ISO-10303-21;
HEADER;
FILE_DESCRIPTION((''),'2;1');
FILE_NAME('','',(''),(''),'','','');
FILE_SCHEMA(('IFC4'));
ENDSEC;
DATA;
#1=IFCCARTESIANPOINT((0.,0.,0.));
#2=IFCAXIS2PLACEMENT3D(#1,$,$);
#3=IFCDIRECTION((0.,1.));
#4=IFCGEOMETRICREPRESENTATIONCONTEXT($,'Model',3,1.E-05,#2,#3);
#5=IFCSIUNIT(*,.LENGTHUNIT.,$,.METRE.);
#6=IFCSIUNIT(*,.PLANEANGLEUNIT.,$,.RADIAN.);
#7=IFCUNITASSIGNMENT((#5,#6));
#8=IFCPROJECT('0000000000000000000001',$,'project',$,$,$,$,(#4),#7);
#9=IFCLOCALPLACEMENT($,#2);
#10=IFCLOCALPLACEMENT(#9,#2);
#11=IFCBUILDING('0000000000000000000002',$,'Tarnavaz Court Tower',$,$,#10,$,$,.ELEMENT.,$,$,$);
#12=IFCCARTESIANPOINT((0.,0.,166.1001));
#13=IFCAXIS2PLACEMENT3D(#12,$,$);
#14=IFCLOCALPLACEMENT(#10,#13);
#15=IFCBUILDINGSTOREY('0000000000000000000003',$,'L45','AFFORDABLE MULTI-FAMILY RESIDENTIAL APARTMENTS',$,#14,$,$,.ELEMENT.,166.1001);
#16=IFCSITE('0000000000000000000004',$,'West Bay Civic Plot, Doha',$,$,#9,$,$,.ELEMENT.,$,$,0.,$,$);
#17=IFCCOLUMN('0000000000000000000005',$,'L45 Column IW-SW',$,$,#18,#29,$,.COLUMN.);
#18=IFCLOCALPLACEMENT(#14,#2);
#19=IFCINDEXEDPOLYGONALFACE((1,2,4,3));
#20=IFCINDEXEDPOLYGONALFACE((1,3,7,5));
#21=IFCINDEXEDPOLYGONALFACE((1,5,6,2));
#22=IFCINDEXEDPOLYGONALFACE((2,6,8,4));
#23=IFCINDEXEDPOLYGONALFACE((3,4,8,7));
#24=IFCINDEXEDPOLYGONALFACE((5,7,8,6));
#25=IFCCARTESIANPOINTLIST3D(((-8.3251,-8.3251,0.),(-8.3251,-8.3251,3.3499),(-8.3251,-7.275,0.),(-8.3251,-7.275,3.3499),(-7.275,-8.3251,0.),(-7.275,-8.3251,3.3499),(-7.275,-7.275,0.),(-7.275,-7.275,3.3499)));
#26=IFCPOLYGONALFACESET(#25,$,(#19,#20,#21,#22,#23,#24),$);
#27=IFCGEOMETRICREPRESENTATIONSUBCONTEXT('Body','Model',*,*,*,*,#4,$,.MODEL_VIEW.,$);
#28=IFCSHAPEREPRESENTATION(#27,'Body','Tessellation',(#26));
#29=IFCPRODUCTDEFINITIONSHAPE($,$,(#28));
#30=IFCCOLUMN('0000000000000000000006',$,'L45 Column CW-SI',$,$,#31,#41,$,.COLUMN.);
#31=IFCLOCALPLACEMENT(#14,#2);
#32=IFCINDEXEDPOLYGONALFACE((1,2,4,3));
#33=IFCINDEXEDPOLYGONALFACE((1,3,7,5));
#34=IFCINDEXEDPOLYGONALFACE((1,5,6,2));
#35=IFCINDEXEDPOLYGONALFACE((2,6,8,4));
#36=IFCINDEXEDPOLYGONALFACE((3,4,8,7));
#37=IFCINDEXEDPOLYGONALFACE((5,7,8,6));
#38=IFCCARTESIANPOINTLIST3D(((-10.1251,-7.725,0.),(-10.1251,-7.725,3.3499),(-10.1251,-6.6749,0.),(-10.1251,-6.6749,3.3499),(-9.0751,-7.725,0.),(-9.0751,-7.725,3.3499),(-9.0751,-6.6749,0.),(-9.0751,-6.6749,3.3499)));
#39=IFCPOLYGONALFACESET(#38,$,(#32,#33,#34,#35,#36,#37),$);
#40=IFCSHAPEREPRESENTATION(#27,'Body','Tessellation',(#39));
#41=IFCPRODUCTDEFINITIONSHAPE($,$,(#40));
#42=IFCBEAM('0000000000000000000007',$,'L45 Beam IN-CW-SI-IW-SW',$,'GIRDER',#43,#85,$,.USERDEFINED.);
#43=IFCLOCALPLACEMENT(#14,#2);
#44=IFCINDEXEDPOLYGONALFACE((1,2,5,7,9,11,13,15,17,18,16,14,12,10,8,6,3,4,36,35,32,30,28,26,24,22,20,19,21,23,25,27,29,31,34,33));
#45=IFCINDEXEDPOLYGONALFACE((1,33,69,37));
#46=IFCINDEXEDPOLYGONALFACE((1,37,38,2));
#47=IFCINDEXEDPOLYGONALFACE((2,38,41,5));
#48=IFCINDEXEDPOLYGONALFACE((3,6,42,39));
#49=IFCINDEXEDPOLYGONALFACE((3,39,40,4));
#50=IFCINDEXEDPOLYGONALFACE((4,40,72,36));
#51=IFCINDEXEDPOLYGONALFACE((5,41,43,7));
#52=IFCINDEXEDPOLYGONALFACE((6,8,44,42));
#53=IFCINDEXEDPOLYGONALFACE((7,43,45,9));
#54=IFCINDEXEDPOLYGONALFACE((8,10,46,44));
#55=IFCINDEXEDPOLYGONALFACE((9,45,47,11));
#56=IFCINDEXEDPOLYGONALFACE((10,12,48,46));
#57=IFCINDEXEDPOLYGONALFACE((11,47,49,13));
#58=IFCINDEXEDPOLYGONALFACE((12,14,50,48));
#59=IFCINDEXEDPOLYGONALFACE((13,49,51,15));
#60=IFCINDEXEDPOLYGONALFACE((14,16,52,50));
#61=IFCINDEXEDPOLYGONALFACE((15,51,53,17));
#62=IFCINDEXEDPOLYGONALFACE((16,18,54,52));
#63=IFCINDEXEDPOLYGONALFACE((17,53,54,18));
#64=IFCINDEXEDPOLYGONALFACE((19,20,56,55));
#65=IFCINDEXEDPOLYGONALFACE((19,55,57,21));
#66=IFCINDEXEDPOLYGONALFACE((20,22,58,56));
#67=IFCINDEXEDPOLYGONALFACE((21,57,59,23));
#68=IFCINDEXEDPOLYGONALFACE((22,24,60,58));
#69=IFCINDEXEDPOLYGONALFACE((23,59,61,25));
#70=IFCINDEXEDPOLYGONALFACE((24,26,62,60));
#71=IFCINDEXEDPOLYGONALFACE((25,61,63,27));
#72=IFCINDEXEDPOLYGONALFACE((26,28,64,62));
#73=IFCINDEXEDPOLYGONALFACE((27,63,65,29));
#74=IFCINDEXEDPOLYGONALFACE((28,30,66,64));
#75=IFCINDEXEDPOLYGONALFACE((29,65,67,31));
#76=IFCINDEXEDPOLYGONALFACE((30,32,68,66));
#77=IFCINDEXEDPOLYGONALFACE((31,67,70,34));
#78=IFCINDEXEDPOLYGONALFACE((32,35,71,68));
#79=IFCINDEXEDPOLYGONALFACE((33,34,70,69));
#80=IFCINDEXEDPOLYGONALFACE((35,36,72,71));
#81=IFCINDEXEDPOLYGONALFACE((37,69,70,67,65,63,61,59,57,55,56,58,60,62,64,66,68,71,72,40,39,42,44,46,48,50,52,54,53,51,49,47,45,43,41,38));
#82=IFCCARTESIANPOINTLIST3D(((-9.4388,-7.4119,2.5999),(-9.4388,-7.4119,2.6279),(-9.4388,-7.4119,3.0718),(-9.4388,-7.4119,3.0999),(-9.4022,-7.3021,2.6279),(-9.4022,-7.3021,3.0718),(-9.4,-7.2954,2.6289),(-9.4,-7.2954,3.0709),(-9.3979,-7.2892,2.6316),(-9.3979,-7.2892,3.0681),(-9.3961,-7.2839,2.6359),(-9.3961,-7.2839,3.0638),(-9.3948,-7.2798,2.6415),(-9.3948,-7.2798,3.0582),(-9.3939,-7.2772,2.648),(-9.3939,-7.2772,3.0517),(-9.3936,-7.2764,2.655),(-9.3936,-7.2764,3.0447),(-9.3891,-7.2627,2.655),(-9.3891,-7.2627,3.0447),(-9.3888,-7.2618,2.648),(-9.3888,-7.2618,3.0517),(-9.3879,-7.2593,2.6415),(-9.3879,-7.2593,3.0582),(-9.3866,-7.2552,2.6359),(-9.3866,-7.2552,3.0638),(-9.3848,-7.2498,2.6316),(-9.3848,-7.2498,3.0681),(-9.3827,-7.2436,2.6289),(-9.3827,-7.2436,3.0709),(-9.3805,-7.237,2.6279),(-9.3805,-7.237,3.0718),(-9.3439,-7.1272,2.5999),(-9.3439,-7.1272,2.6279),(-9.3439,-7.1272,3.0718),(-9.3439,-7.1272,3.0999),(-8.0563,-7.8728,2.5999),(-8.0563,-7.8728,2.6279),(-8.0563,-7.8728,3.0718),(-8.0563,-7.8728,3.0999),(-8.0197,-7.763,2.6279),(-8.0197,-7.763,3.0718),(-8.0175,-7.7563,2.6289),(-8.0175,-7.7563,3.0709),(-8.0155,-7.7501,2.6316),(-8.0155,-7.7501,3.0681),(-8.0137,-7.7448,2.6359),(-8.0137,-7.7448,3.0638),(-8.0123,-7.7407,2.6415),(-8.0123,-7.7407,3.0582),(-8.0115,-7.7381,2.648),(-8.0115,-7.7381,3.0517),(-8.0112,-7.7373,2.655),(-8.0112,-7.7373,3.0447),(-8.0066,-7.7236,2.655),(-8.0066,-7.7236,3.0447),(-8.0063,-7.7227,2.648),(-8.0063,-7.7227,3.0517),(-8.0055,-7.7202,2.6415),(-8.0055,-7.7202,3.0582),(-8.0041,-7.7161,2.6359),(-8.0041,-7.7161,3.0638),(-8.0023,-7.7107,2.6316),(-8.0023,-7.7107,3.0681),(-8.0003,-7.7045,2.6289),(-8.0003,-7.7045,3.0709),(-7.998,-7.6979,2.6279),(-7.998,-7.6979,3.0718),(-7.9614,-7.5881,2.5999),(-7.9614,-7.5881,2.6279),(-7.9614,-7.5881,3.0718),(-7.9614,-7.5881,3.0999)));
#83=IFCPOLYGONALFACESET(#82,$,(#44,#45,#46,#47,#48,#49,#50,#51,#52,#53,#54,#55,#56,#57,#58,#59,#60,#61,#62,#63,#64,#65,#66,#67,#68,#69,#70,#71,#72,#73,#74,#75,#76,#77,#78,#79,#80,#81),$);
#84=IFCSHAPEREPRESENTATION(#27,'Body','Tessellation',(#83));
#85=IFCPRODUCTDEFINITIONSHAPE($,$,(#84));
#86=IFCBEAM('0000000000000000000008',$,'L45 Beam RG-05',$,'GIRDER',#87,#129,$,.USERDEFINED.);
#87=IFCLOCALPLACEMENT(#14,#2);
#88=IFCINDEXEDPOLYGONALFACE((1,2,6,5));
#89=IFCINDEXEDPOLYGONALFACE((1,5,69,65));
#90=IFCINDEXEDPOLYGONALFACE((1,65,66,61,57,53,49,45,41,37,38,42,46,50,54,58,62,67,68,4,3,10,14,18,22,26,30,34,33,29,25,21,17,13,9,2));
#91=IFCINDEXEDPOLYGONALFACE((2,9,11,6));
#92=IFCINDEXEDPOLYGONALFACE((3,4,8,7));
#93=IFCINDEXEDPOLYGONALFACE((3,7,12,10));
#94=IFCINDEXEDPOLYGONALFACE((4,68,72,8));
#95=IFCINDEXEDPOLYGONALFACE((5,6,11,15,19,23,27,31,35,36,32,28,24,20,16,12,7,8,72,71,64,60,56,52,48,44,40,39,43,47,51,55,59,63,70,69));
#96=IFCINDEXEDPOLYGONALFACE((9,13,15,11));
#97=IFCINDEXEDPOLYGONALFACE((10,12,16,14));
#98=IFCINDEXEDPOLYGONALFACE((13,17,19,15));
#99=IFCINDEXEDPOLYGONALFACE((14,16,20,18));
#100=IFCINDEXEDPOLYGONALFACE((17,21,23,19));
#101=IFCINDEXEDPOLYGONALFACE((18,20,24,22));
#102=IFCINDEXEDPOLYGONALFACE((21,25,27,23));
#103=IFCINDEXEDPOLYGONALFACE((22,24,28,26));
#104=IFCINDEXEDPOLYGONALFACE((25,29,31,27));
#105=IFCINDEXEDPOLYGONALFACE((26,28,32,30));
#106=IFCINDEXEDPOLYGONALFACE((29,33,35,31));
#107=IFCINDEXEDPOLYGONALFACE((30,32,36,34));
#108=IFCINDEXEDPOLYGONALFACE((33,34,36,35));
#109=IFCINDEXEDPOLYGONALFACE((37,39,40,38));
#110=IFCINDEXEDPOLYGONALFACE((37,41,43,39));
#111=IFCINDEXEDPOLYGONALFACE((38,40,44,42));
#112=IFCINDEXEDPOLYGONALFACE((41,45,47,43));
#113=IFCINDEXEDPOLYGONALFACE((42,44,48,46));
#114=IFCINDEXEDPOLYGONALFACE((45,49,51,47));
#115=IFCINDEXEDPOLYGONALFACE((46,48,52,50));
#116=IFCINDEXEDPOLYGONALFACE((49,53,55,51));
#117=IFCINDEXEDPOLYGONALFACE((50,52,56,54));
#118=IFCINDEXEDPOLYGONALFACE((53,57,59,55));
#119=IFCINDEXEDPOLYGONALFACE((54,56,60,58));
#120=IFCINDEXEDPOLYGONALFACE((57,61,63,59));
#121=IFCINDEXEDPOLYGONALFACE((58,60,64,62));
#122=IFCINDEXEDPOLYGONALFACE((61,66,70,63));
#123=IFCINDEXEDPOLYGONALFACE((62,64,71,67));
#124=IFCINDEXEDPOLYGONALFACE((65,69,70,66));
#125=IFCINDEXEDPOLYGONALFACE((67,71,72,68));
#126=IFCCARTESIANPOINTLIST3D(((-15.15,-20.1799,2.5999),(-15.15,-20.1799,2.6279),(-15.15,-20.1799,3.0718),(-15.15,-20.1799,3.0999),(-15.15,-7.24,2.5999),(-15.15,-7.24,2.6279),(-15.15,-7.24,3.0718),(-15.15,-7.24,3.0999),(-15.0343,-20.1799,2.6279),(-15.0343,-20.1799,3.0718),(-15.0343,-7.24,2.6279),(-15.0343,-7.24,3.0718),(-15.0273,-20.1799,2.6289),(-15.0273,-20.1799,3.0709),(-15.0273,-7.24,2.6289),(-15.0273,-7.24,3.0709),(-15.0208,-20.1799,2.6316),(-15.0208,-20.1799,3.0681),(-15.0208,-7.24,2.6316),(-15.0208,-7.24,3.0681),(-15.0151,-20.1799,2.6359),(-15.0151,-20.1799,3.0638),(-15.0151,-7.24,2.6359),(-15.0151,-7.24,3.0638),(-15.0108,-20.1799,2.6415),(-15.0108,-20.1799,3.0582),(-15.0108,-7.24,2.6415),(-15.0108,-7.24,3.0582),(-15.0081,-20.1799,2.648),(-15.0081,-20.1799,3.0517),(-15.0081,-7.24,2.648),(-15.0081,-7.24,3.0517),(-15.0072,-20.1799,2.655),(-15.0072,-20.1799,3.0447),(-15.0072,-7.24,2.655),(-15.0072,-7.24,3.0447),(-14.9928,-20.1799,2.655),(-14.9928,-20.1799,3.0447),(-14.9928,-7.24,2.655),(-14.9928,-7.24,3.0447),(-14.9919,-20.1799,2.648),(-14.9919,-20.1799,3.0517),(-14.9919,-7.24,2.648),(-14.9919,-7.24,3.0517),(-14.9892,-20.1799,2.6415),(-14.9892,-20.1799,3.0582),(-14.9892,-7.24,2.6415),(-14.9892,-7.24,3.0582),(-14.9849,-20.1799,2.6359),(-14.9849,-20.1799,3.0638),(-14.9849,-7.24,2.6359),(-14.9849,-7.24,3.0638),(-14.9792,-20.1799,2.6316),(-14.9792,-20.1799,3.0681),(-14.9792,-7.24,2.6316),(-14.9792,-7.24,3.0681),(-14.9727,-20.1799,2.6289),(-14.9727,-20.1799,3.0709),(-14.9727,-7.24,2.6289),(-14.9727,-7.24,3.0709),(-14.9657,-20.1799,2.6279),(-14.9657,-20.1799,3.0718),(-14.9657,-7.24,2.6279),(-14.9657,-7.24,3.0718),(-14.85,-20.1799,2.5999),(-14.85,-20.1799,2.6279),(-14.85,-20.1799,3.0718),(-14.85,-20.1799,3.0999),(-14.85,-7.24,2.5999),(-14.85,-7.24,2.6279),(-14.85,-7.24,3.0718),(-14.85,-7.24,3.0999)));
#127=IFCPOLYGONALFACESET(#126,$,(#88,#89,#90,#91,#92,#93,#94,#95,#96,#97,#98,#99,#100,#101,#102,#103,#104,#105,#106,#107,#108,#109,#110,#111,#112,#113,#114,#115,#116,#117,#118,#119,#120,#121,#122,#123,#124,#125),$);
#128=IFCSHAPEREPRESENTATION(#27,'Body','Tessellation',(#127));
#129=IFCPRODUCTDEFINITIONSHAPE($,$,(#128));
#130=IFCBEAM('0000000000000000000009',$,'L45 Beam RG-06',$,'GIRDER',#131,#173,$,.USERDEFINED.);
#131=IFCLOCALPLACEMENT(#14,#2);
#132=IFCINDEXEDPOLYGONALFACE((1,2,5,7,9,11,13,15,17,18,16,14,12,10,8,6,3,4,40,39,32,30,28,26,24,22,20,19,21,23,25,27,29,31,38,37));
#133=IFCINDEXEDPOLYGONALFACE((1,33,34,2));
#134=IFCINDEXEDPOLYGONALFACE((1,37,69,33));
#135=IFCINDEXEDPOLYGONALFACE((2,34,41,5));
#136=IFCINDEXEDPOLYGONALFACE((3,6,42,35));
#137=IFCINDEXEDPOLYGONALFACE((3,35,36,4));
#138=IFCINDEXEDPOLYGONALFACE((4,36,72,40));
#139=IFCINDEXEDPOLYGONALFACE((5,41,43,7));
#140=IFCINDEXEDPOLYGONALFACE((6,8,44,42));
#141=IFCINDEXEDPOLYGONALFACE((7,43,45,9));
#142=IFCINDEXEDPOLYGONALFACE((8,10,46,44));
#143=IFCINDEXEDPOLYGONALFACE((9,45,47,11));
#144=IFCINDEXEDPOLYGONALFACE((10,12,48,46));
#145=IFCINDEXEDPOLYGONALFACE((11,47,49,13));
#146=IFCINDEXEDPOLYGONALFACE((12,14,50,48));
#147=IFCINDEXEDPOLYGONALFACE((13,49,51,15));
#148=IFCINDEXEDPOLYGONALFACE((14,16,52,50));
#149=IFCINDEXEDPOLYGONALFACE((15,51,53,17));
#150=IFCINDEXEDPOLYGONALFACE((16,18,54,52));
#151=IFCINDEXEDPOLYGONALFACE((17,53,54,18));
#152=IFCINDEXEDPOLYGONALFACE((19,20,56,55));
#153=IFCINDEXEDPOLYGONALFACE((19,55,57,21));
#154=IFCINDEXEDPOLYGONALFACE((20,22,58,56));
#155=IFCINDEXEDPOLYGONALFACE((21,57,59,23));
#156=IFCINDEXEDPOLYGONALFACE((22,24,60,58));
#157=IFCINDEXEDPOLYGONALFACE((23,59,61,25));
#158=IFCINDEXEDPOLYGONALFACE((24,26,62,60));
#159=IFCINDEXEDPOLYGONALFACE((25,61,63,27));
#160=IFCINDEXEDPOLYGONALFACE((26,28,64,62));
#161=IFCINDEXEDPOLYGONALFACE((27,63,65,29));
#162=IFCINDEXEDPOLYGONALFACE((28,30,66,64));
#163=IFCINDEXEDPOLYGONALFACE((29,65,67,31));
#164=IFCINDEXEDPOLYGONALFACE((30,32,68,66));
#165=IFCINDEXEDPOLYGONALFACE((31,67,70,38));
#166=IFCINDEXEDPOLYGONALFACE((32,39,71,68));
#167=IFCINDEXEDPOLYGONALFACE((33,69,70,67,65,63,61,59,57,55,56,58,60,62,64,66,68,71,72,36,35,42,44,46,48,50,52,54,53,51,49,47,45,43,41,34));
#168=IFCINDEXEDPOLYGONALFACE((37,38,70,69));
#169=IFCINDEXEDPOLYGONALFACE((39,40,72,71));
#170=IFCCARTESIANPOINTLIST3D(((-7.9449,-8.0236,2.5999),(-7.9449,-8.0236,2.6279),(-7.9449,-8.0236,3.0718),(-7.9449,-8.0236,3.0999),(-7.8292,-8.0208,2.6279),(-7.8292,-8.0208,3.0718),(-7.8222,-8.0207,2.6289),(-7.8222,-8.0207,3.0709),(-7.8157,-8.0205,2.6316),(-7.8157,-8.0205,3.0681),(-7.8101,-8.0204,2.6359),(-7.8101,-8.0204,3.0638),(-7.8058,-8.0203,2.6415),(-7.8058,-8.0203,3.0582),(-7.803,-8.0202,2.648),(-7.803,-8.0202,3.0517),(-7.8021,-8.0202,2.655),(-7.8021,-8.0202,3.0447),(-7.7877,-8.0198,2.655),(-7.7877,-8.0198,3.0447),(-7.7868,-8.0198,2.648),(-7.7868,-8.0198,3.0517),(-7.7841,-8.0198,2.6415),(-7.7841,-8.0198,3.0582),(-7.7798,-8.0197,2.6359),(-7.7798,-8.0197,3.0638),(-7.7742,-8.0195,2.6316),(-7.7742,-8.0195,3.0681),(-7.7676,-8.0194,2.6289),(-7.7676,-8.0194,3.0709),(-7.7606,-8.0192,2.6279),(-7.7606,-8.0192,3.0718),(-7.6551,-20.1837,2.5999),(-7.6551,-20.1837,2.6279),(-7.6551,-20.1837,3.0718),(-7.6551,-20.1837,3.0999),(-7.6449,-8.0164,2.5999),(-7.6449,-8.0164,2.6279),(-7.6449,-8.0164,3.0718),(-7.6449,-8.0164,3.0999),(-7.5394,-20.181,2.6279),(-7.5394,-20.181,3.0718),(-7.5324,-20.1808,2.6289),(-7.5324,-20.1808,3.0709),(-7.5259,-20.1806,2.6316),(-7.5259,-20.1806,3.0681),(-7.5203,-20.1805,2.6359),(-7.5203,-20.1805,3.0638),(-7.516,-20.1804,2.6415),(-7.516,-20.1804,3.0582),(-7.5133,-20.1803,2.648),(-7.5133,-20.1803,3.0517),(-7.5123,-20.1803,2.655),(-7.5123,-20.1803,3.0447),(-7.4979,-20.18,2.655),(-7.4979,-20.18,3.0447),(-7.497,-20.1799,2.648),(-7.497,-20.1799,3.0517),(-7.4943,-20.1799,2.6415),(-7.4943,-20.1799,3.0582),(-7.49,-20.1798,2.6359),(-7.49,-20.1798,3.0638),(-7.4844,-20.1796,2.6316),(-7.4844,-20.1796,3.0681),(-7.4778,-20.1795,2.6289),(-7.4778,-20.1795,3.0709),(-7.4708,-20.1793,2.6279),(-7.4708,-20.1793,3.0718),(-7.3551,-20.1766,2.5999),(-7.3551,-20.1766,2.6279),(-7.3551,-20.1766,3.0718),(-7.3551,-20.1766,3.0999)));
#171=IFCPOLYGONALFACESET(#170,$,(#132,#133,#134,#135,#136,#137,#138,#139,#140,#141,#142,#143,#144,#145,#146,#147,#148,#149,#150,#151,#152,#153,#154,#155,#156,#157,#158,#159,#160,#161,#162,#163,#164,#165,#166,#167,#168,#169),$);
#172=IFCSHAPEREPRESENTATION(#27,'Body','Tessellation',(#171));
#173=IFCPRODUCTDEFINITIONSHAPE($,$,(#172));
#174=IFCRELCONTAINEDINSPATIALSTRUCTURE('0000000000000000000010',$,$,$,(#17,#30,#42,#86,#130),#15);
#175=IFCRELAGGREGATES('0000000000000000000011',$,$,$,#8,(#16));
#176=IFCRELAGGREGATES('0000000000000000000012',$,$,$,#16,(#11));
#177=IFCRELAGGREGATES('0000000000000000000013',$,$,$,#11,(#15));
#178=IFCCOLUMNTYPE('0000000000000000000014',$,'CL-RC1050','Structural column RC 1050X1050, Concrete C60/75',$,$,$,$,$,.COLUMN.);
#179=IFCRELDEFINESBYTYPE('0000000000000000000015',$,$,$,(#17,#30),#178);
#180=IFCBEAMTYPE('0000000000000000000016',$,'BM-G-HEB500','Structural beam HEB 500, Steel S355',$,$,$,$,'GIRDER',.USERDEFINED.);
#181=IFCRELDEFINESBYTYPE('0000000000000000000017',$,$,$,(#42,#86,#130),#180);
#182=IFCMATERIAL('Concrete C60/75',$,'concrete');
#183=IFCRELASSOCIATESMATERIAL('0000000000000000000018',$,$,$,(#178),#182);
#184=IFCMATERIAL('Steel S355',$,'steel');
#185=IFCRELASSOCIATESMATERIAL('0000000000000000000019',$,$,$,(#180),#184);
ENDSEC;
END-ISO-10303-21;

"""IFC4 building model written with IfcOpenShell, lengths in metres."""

from ifc_helpers import new_model, si_unit, direction, frame, origin, origin_2d, place, context, subcontext, project, spatial, rectangle, i_section, extrude, material, material_profile, profile_set, type_object, element, save


model = new_model("IFC4")

# Units and contexts
model_context = context("Model", 3, precision=1e-05, world=origin(), true_north=direction((0.0, 1.0)))
body_context = subcontext(model_context, "Body", "Model", "MODEL_VIEW")
ifc_project = project(units=[si_unit("LENGTHUNIT", "METRE"), si_unit("PLANEANGLEUNIT", "RADIAN")], contexts=[model_context])

# Site, building, storey
site_placement = place(None, origin())
site = spatial("IfcSite", under=ifc_project, at=site_placement, Name="West Bay Civic Plot, Doha", CompositionType="ELEMENT", RefElevation=0.0)
building_placement = place(site_placement, origin())
building = spatial("IfcBuilding", under=site, at=building_placement, Name="Tarnavaz Court Tower", CompositionType="ELEMENT")
storey_placement = place(building_placement, frame((0.0, 0.0, 166.1001)))
storey = spatial("IfcBuildingStorey", under=building, at=storey_placement, Name="L45", Description="AFFORDABLE MULTI-FAMILY RESIDENTIAL APARTMENTS", CompositionType="ELEMENT", Elevation=166.1001)

# Columns
ifc_material_1 = material(Name="Concrete C60/75", Category="concrete")
ifc_material_profile_1 = material_profile(ifc_material_1, rectangle(XDim=1.05, YDim=1.05, at=origin_2d()), Name="RC 1050X1050")
ifc_profile_set_1 = profile_set([ifc_material_profile_1], Name="Concrete C60/75")
column_type = type_object("IfcColumnType", Name="CL-RC1050", Description="Structural column RC 1050X1050, Concrete C60/75", PredefinedType="COLUMN", material=ifc_profile_set_1)
for number, where, z_axis, x_axis, name in (
    (1, (-7.8, -7.8, 0.0), (0.0, 0.0, 1.0), (1.0, 0.0, 0.0), "L45 Column IW-SW"),
    (2, (-9.6001, -7.2, 0.0), (0.0, 0.0, 1.0), (1.0, 0.0, 0.0), "L45 Column CW-SI"),
):
    element("IfcColumn", number, at=place(storey_placement, frame(where, z_axis=z_axis, x_axis=x_axis)), inside=storey, type_object=column_type, Name=name, PredefinedType="COLUMN", context=body_context, shape_type="SweptSolid", body=[
        extrude(rectangle(XDim=1.05, YDim=1.05, at=origin_2d()), origin(), (0.0, 0.0, 1.0), 3.3499),
    ])

# Beams
ifc_material_2 = material(Name="Steel S355", Category="steel")
ifc_material_profile_2 = material_profile(ifc_material_2, i_section(OverallWidth=0.3, OverallDepth=0.5, WebThickness=0.0144, FlangeThickness=0.0281, FilletRadius=0.0271, at=origin_2d()), Name="HEB 500")
ifc_profile_set_2 = profile_set([ifc_material_profile_2], Name="Steel S355")
beam_type_1 = type_object("IfcBeamType", Name="BM-G-HEB500", Description="Structural beam HEB 500, Steel S355", ElementType="GIRDER", PredefinedType="USERDEFINED", material=ifc_profile_set_2)
beam_1_placement = place(storey_placement, frame((-9.3914, -7.2695, 2.8499), z_axis=(0.948667, -0.316278, 0.0), x_axis=(0.316278, 0.948667, 0.0)))
element("IfcBeam", 3, at=beam_1_placement, inside=storey, type_object=beam_type_1, Name="L45 Beam IN-CW-SI-IW-SW", ObjectType="GIRDER", PredefinedType="USERDEFINED", context=body_context, shape_type="SweptSolid", body=[
    extrude(i_section(OverallWidth=0.3, OverallDepth=0.5, WebThickness=0.0144, FlangeThickness=0.0281, FilletRadius=0.0271, at=origin_2d()), origin(), (0.0, 0.0, 1.0), 1.4573),
])
beam_2_placement = place(storey_placement, frame((-15.0, -7.24, 2.8499), z_axis=(0.0, -1.0, 0.0), x_axis=(1.0, 0.0, 0.0)))
element("IfcBeam", 4, at=beam_2_placement, inside=storey, type_object=beam_type_1, Name="L45 Beam RG-05", ObjectType="GIRDER", PredefinedType="USERDEFINED", context=body_context, shape_type="SweptSolid", body=[
    extrude(i_section(OverallWidth=0.3, OverallDepth=0.5, WebThickness=0.0144, FlangeThickness=0.0281, FilletRadius=0.0271, at=origin_2d()), origin(), (0.0, 0.0, 1.0), 12.9399),
])
beam_3_placement = place(storey_placement, frame((-7.7949, -8.02, 2.8499), z_axis=(0.023825, -0.999716, 0.0), x_axis=(0.999716, 0.023825, 0.0)))
element("IfcBeam", 5, at=beam_3_placement, inside=storey, type_object=beam_type_1, Name="L45 Beam RG-06", ObjectType="GIRDER", PredefinedType="USERDEFINED", context=body_context, shape_type="SweptSolid", body=[
    extrude(i_section(OverallWidth=0.3, OverallDepth=0.5, WebThickness=0.0144, FlangeThickness=0.0281, FilletRadius=0.0271, at=origin_2d()), origin(), (0.0, 0.0, 1.0), 12.1636),
])

save(model, "model.ifc")
